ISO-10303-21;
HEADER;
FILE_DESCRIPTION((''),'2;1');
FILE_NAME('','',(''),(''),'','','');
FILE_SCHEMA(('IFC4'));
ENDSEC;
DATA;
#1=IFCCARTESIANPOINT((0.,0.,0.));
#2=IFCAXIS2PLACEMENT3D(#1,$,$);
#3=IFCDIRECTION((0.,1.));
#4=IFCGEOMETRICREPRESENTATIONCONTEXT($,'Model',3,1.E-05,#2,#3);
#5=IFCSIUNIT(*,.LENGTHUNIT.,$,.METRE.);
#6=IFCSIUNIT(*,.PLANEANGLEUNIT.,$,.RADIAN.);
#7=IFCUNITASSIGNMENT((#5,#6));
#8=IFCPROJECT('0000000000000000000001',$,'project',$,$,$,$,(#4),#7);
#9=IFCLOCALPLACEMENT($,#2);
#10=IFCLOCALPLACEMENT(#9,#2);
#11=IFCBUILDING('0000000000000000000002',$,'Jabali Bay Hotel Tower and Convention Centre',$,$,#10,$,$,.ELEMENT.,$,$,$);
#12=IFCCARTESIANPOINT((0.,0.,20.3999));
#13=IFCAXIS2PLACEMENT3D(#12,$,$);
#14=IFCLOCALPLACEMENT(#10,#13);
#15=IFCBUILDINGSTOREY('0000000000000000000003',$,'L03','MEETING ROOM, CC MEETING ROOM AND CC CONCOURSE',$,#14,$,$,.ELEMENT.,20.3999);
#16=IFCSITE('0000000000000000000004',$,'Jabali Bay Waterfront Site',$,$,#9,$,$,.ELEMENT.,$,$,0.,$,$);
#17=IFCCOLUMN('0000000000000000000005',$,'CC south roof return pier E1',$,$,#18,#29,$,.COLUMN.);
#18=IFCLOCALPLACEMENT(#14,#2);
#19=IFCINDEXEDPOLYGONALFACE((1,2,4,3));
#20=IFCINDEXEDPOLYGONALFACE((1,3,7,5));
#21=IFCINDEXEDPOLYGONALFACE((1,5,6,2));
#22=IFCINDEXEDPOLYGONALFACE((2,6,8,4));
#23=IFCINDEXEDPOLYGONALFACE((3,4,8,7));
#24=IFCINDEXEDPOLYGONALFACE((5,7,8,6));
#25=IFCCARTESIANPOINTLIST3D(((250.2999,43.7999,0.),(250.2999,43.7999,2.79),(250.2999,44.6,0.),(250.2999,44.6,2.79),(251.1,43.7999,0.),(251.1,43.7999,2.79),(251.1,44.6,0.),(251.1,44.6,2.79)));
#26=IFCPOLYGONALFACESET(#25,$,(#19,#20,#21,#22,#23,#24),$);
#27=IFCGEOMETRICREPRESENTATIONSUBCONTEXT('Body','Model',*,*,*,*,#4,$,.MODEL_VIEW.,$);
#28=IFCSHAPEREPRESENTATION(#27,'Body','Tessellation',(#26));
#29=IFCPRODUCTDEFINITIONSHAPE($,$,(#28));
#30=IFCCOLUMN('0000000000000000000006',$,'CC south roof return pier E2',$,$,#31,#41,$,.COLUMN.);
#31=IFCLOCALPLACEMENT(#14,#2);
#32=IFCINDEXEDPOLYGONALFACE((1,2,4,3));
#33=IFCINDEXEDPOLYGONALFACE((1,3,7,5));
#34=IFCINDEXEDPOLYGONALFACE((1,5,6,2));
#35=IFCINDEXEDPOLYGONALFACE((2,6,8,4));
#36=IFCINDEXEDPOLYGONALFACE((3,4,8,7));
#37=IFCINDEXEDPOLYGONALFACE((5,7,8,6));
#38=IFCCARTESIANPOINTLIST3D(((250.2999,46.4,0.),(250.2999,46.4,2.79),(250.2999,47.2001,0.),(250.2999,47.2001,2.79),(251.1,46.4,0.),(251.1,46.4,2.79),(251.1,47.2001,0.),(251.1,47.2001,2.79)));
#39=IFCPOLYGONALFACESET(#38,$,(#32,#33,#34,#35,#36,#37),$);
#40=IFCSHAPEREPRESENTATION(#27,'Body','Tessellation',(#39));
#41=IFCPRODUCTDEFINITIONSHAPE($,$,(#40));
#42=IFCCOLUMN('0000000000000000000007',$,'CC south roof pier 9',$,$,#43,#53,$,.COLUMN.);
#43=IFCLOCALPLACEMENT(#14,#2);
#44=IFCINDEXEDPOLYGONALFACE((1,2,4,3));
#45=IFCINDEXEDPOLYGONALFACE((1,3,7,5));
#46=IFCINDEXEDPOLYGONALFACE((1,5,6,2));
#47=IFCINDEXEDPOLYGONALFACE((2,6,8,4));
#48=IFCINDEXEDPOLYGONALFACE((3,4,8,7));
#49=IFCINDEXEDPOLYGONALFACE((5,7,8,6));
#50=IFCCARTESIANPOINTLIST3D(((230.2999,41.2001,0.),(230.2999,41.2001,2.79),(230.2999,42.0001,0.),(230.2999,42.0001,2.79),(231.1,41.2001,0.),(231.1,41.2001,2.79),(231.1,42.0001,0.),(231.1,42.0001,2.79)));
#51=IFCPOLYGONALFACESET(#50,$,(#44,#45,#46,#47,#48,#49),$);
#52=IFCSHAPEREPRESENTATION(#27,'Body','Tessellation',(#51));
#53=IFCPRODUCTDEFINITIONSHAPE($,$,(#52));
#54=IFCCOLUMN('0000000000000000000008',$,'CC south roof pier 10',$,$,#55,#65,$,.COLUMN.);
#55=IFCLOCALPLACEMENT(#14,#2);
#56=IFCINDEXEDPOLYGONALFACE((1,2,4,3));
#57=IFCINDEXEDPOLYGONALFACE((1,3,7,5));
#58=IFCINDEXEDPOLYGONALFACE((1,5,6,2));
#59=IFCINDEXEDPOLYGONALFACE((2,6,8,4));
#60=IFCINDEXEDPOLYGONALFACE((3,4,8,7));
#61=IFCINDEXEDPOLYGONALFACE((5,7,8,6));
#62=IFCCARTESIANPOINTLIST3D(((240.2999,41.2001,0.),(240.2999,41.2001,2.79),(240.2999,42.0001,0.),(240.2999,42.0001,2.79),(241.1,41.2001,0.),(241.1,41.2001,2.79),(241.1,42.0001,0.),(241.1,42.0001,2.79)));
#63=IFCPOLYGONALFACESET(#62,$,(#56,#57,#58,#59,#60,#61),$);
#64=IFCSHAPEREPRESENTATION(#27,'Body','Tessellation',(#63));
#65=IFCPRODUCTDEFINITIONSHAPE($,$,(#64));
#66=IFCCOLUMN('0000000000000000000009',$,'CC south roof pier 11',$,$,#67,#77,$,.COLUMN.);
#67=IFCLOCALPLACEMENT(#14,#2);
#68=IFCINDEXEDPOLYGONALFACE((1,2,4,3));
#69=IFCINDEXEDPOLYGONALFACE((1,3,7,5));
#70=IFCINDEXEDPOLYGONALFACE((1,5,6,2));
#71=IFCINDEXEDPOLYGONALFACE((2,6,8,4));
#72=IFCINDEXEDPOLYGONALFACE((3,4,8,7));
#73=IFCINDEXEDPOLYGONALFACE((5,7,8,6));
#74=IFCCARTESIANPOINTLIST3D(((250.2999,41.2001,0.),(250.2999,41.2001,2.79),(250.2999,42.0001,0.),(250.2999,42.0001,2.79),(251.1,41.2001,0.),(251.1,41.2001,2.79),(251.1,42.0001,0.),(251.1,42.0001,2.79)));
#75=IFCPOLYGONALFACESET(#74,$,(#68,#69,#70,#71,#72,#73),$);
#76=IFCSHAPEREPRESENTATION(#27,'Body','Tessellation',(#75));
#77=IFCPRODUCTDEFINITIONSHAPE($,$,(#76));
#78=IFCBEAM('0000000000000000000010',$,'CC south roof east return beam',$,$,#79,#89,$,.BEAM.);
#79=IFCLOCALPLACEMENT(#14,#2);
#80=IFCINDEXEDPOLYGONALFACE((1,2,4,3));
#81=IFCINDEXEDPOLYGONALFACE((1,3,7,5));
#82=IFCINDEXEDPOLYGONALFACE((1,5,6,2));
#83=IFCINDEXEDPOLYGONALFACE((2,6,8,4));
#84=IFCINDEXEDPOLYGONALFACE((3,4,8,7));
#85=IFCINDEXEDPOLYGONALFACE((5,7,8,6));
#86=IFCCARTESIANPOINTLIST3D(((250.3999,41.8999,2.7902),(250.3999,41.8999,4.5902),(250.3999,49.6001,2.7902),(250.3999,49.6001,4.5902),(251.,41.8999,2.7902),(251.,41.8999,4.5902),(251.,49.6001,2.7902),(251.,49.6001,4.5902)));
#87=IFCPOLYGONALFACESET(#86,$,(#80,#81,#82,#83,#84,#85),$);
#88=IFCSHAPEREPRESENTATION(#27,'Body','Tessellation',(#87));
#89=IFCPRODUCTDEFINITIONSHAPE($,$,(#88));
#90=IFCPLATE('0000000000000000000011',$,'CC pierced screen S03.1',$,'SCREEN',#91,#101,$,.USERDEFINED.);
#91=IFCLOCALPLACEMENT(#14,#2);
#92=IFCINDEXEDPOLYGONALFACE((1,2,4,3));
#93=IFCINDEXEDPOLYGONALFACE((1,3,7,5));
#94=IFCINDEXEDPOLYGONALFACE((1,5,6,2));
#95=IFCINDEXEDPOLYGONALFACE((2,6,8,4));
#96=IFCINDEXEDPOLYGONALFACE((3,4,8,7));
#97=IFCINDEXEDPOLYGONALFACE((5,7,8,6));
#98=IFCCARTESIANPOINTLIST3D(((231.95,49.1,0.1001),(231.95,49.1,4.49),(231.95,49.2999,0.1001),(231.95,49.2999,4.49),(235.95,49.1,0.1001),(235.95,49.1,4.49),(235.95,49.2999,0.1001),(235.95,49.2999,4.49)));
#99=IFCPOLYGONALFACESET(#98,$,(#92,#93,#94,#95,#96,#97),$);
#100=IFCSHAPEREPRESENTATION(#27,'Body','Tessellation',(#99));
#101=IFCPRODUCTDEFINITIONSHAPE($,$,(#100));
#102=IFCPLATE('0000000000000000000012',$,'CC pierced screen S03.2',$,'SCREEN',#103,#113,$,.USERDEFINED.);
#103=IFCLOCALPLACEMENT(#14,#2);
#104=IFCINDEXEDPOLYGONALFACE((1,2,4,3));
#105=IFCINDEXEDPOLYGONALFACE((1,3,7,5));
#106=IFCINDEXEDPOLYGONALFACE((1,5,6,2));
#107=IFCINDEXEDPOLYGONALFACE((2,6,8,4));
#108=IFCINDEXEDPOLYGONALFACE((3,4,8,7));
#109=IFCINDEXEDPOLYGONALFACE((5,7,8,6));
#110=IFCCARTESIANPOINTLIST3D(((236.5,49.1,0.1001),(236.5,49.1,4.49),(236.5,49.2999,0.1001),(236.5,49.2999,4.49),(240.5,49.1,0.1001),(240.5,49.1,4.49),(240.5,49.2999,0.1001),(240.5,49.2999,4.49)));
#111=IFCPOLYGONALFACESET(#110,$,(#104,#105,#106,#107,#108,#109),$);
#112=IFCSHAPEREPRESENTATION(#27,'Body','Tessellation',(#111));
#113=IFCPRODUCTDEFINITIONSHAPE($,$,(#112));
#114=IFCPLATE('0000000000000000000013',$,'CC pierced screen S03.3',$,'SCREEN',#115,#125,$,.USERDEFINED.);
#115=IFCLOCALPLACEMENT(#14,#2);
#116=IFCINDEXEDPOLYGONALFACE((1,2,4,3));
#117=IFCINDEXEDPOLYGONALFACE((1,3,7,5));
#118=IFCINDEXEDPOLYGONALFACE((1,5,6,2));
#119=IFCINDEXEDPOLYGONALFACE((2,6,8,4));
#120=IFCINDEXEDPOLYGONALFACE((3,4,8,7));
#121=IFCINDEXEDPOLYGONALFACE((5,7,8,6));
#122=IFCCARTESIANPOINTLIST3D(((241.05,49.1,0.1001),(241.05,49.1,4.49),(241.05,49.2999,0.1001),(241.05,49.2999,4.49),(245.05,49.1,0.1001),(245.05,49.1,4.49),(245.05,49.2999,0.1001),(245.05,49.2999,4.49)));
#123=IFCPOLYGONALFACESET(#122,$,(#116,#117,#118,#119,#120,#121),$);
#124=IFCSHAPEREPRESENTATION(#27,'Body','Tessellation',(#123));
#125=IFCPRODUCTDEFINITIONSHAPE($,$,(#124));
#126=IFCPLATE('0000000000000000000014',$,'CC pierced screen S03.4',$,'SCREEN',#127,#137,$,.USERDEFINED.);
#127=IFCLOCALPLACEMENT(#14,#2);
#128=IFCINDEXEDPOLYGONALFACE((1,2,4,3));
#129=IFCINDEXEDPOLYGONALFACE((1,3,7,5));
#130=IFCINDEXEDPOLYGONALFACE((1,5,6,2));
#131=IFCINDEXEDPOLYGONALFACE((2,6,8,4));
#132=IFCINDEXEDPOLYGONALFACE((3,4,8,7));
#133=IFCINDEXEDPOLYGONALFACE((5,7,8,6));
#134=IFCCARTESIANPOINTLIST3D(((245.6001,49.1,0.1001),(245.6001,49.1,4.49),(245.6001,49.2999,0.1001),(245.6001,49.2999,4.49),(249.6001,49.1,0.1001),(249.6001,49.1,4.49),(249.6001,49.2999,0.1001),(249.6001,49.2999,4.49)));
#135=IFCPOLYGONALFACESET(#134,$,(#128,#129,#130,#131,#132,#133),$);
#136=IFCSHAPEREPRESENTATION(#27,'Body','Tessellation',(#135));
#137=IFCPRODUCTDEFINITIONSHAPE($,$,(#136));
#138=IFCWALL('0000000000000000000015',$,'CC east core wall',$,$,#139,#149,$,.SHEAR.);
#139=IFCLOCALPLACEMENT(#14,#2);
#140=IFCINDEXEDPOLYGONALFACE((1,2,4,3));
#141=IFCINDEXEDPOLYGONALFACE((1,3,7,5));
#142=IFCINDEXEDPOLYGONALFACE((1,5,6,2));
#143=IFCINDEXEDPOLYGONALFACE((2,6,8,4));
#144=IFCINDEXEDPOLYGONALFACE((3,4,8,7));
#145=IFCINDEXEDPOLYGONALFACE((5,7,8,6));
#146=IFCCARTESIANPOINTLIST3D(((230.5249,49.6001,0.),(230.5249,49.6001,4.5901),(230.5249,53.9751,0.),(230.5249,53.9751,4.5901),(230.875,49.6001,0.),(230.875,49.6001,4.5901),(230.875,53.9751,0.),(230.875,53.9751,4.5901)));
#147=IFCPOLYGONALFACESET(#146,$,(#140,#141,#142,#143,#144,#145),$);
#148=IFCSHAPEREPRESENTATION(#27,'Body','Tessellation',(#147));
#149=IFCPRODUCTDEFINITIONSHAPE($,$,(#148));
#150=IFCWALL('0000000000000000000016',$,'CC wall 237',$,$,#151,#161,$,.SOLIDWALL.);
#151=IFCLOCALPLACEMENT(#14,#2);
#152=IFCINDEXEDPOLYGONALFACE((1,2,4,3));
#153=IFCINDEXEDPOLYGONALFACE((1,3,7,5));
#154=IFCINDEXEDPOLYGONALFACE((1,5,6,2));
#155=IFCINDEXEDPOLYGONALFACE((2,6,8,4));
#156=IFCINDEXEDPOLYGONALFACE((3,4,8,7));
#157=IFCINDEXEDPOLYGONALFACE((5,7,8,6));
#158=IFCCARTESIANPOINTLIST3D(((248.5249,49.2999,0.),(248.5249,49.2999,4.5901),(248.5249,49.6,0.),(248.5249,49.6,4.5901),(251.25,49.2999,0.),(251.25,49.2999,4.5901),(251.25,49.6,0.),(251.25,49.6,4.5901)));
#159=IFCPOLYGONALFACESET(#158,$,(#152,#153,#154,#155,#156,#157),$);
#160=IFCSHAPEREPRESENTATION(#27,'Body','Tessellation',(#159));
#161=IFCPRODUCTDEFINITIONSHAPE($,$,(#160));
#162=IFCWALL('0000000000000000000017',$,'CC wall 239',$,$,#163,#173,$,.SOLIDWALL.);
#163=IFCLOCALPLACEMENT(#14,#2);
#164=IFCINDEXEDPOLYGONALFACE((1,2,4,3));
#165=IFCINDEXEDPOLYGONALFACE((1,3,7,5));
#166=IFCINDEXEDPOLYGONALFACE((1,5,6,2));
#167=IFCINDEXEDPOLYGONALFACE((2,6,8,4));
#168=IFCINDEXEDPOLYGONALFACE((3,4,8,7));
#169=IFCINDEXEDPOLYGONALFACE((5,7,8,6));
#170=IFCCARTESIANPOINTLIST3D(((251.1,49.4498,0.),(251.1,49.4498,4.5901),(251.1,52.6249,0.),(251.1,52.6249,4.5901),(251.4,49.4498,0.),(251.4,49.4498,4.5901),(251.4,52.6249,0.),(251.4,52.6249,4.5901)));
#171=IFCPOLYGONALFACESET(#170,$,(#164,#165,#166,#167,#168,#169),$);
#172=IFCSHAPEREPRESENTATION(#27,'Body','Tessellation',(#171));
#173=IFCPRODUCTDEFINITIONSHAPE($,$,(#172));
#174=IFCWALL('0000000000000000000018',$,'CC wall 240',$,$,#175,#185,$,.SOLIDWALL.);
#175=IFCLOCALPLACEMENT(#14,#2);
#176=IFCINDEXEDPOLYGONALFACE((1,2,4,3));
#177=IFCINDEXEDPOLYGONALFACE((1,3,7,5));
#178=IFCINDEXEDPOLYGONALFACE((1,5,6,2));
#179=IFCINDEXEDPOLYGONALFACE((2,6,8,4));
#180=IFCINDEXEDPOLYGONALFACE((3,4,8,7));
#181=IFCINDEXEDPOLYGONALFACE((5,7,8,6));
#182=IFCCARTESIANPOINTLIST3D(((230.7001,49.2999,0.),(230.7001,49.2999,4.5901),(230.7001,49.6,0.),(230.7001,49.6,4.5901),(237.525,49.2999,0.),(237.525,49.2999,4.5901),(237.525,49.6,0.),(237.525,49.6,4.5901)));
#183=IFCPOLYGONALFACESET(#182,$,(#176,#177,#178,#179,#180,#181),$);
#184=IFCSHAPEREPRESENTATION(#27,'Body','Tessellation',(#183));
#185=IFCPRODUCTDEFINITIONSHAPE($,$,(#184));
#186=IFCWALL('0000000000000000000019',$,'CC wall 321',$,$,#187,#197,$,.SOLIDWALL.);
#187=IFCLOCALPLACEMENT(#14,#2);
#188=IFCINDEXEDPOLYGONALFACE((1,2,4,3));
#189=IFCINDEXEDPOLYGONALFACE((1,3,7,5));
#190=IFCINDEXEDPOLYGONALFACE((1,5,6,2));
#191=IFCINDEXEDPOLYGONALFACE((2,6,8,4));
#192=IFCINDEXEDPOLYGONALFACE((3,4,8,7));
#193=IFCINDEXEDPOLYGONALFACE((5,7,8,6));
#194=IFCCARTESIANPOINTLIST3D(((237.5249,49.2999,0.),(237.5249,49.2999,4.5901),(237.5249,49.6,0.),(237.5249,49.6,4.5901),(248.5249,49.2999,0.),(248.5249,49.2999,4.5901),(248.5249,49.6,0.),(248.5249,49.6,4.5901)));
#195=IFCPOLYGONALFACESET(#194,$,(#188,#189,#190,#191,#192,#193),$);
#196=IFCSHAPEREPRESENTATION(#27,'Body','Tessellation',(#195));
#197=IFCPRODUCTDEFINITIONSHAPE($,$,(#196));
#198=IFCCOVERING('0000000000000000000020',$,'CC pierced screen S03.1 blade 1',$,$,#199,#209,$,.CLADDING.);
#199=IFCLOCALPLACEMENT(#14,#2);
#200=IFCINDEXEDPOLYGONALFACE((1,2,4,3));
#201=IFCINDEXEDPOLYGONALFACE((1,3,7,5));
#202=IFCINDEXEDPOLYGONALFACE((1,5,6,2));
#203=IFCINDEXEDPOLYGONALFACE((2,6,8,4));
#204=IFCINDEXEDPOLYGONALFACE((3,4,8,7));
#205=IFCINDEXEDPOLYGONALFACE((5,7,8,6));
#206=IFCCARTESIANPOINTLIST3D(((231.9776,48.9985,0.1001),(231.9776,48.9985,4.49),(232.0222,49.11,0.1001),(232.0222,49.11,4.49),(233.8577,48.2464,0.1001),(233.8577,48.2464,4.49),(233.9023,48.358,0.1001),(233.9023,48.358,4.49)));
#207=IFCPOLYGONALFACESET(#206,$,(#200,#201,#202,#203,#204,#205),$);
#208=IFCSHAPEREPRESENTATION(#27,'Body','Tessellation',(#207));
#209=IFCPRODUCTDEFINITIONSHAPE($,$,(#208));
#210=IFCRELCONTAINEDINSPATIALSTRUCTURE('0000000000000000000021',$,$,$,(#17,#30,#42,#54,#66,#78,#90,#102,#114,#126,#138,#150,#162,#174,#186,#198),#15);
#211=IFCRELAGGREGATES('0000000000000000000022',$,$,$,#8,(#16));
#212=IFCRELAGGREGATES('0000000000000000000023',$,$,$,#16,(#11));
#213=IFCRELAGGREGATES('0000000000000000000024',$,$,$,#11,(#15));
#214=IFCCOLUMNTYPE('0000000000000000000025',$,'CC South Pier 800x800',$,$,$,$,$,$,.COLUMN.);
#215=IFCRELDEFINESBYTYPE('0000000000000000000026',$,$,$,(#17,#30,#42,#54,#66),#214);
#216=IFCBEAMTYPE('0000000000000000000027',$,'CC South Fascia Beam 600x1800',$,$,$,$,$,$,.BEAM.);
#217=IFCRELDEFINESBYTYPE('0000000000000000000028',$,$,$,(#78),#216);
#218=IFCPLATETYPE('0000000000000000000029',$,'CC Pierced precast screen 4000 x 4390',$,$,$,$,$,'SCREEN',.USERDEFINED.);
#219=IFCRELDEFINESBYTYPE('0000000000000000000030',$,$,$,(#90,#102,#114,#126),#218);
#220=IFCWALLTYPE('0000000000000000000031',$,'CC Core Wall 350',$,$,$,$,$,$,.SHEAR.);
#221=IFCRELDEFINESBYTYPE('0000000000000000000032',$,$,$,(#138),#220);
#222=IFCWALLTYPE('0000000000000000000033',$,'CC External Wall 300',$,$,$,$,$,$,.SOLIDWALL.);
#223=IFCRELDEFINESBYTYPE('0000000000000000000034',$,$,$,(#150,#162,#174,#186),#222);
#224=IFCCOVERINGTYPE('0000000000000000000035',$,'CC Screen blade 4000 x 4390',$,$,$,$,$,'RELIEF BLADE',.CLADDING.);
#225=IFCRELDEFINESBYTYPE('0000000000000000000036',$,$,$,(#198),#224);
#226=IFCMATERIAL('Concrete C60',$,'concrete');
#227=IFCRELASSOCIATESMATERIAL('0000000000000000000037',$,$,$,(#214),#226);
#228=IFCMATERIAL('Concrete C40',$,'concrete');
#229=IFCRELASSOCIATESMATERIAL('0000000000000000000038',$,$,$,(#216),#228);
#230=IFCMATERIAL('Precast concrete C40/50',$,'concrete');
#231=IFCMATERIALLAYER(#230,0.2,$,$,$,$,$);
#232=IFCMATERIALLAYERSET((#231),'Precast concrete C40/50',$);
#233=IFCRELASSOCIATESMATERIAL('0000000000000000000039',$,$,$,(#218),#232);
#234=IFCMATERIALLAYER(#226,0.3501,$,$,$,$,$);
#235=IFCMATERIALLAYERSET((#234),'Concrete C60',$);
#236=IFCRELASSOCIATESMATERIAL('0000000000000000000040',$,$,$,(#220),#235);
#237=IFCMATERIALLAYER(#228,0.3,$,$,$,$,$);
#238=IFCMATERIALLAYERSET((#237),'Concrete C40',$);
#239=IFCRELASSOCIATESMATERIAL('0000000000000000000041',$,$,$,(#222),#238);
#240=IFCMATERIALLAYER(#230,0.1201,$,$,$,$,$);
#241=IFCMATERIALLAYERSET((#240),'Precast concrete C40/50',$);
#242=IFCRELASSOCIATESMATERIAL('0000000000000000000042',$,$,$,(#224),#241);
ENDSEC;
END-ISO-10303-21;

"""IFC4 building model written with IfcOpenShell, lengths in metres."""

from ifc_helpers import new_model, si_unit, direction, frame, frame_2d, origin, origin_2d, place, context, subcontext, project, spatial, rectangle, extrude, material, layer, layer_set, material_profile, profile_set, type_object, element, save


model = new_model("IFC4")

# Units and contexts
model_context = context("Model", 3, precision=1e-05, world=origin(), true_north=direction((0.0, 1.0)))
body_context = subcontext(model_context, "Body", "Model", "MODEL_VIEW")
ifc_project = project(units=[si_unit("LENGTHUNIT", "METRE"), si_unit("PLANEANGLEUNIT", "RADIAN")], contexts=[model_context])

# Site, building, storey
site_placement = place(None, origin())
site = spatial("IfcSite", under=ifc_project, at=site_placement, Name="Jabali Bay Waterfront Site", CompositionType="ELEMENT", RefElevation=0.0)
building_placement = place(site_placement, origin())
building = spatial("IfcBuilding", under=site, at=building_placement, Name="Jabali Bay Hotel Tower and Convention Centre", CompositionType="ELEMENT")
storey_placement = place(building_placement, frame((0.0, 0.0, 20.3999)))
storey = spatial("IfcBuildingStorey", under=building, at=storey_placement, Name="L03", Description="MEETING ROOM, CC MEETING ROOM AND CC CONCOURSE", CompositionType="ELEMENT", Elevation=20.3999)

# Columns
ifc_material_1 = material(Name="Concrete C60", Category="concrete")
ifc_material_profile_1 = material_profile(ifc_material_1, rectangle(XDim=0.8, YDim=0.8, at=origin_2d()), Name="RC 800x800")
ifc_profile_set_1 = profile_set([ifc_material_profile_1], Name="Concrete C60")
column_type = type_object("IfcColumnType", Name="CC South Pier 800x800", PredefinedType="COLUMN", material=ifc_profile_set_1)
for number, where, z_axis, x_axis, name in (
    (1, (250.7, 44.2, 0.0), (0.0, 0.0, 1.0), (1.0, 0.0, 0.0), "CC south roof return pier E1"),
    (2, (250.7, 46.8, 0.0), (0.0, 0.0, 1.0), (1.0, 0.0, 0.0), "CC south roof return pier E2"),
    (3, (230.7, 41.6001, 0.0), (0.0, 0.0, 1.0), (1.0, 0.0, 0.0), "CC south roof pier 9"),
    (4, (240.7, 41.6001, 0.0), (0.0, 0.0, 1.0), (1.0, 0.0, 0.0), "CC south roof pier 10"),
    (5, (250.7, 41.6001, 0.0), (0.0, 0.0, 1.0), (1.0, 0.0, 0.0), "CC south roof pier 11"),
):
    element("IfcColumn", number, at=place(storey_placement, frame(where, z_axis=z_axis, x_axis=x_axis)), inside=storey, type_object=column_type, Name=name, PredefinedType="COLUMN", context=body_context, shape_type="SweptSolid", body=[
        extrude(rectangle(XDim=0.8, YDim=0.8, at=origin_2d()), origin(), (0.0, 0.0, 1.0), 2.79),
    ])

# Beam
ifc_material_2 = material(Name="Concrete C40", Category="concrete")
ifc_material_profile_2 = material_profile(ifc_material_2, rectangle(XDim=0.6001, YDim=1.8, at=origin_2d()), Name="RC 600x1800")
ifc_profile_set_2 = profile_set([ifc_material_profile_2], Name="Concrete C40")
beam_type = type_object("IfcBeamType", Name="CC South Fascia Beam 600x1800", PredefinedType="BEAM", material=ifc_profile_set_2)
beam_placement = place(storey_placement, frame((250.7, 41.8999, 3.6902), z_axis=(0.0, 1.0, 0.0), x_axis=(-1.0, 0.0, 0.0)))
element("IfcBeam", 6, at=beam_placement, inside=storey, type_object=beam_type, Name="CC south roof east return beam", PredefinedType="BEAM", context=body_context, shape_type="SweptSolid", body=[
    extrude(rectangle(XDim=0.6001, YDim=1.8, at=origin_2d()), origin(), (0.0, 0.0, 1.0), 7.7002),
])

# Plates
ifc_material_3 = material(Name="Precast concrete C40/50", Category="concrete")
ifc_layer_1 = layer(ifc_material_3, 0.2)
ifc_layer_set_1 = layer_set([ifc_layer_1], Name="Precast concrete C40/50")
plate_type = type_object("IfcPlateType", Name="CC Pierced precast screen 4000 x 4390", ElementType="SCREEN", PredefinedType="USERDEFINED", material=ifc_layer_set_1)
for number, where, z_axis, x_axis, name in (
    (7, (233.95, 49.2, 0.1001), (0.0, 0.0, 1.0), (1.0, 0.0, 0.0), "CC pierced screen S03.1"),
    (8, (238.5, 49.2, 0.1001), (0.0, 0.0, 1.0), (1.0, 0.0, 0.0), "CC pierced screen S03.2"),
    (9, (243.05, 49.2, 0.1001), (0.0, 0.0, 1.0), (1.0, 0.0, 0.0), "CC pierced screen S03.3"),
    (10, (247.6001, 49.2, 0.1001), (0.0, 0.0, 1.0), (1.0, 0.0, 0.0), "CC pierced screen S03.4"),
):
    element("IfcPlate", number, at=place(storey_placement, frame(where, z_axis=z_axis, x_axis=x_axis)), inside=storey, type_object=plate_type, Name=name, ObjectType="SCREEN", PredefinedType="USERDEFINED", context=body_context, shape_type="SweptSolid", body=[
        extrude(rectangle(XDim=4.0, YDim=0.2, at=origin_2d()), origin(), (0.0, 0.0, 1.0), 4.3899),
    ])

# Walls
ifc_layer_2 = layer(ifc_material_1, 0.3501)
ifc_layer_set_2 = layer_set([ifc_layer_2], Name="Concrete C60")
wall_type_1 = type_object("IfcWallType", Name="CC Core Wall 350", PredefinedType="SHEAR", material=ifc_layer_set_2)
wall_1_placement = place(storey_placement, frame((230.7, 49.6001, 0.0), z_axis=(0.0, 0.0, 1.0), x_axis=(0.0, 1.0, 0.0)))
element("IfcWall", 11, at=wall_1_placement, inside=storey, type_object=wall_type_1, Name="CC east core wall", PredefinedType="SHEAR", context=body_context, shape_type="SweptSolid", body=[
    extrude(rectangle(XDim=4.375, YDim=0.3501, at=frame_2d((2.1875, 0.0))), origin(), (0.0, 0.0, 1.0), 4.5901),
])
ifc_layer_3 = layer(ifc_material_2, 0.3)
ifc_layer_set_3 = layer_set([ifc_layer_3], Name="Concrete C40")
wall_type_2 = type_object("IfcWallType", Name="CC External Wall 300", PredefinedType="SOLIDWALL", material=ifc_layer_set_3)
wall_2_placement = place(storey_placement, frame((248.5249, 49.45, 0.0), z_axis=(0.0, 0.0, 1.0), x_axis=(1.0, 0.0, 0.0)))
element("IfcWall", 12, at=wall_2_placement, inside=storey, type_object=wall_type_2, Name="CC wall 237", PredefinedType="SOLIDWALL", context=body_context, shape_type="SweptSolid", body=[
    extrude(rectangle(XDim=2.7251, YDim=0.3, at=frame_2d((1.3625, 0.0))), origin(), (0.0, 0.0, 1.0), 4.5901),
])
wall_3_placement = place(storey_placement, frame((251.25, 49.45, 0.0), z_axis=(0.0, 0.0, 1.0), x_axis=(0.0, 1.0, 0.0)))
element("IfcWall", 13, at=wall_3_placement, inside=storey, type_object=wall_type_2, Name="CC wall 239", PredefinedType="SOLIDWALL", context=body_context, shape_type="SweptSolid", body=[
    extrude(rectangle(XDim=3.175, YDim=0.3, at=frame_2d((1.5874, 0.0))), origin(), (0.0, 0.0, 1.0), 4.5901),
])
wall_4_placement = place(storey_placement, frame((230.7, 49.45, 0.0), z_axis=(0.0, 0.0, 1.0), x_axis=(1.0, 0.0, 0.0)))
element("IfcWall", 14, at=wall_4_placement, inside=storey, type_object=wall_type_2, Name="CC wall 240", PredefinedType="SOLIDWALL", context=body_context, shape_type="SweptSolid", body=[
    extrude(rectangle(XDim=6.825, YDim=0.3, at=frame_2d((3.4126, 0.0))), origin(), (0.0, 0.0, 1.0), 4.5901),
])
wall_5_placement = place(storey_placement, frame((237.5249, 49.45, 0.0), z_axis=(0.0, 0.0, 1.0), x_axis=(1.0, 0.0, 0.0)))
element("IfcWall", 15, at=wall_5_placement, inside=storey, type_object=wall_type_2, Name="CC wall 321", PredefinedType="SOLIDWALL", context=body_context, shape_type="SweptSolid", body=[
    extrude(rectangle(XDim=11.0, YDim=0.3, at=frame_2d((5.5, 0.0))), origin(), (0.0, 0.0, 1.0), 4.5901),
])

# Covering
ifc_layer_4 = layer(ifc_material_3, 0.1201)
ifc_layer_set_4 = layer_set([ifc_layer_4], Name="Precast concrete C40/50")
covering_type_1 = type_object("IfcCoveringType", Name="CC Screen blade 4000 x 4390", ElementType="RELIEF BLADE", PredefinedType="CLADDING", material=ifc_layer_set_4)
for number, where, z_axis, x_axis, name in (
    (16, (232.9399, 48.6782, 0.1001), (0.0, 0.0, 1.0), (0.928477, -0.371391, 0.0), "CC pierced screen S03.1 blade 1"),
):
    element("IfcCovering", number, at=place(storey_placement, frame(where, z_axis=z_axis, x_axis=x_axis)), inside=storey, type_object=covering_type_1, Name=name, PredefinedType="CLADDING", context=body_context, shape_type="SweptSolid", body=[
        extrude(rectangle(XDim=2.0249, YDim=0.1201, at=origin_2d()), origin(), (0.0, 0.0, 1.0), 4.3899),
    ])

save(model, "model.ifc")
